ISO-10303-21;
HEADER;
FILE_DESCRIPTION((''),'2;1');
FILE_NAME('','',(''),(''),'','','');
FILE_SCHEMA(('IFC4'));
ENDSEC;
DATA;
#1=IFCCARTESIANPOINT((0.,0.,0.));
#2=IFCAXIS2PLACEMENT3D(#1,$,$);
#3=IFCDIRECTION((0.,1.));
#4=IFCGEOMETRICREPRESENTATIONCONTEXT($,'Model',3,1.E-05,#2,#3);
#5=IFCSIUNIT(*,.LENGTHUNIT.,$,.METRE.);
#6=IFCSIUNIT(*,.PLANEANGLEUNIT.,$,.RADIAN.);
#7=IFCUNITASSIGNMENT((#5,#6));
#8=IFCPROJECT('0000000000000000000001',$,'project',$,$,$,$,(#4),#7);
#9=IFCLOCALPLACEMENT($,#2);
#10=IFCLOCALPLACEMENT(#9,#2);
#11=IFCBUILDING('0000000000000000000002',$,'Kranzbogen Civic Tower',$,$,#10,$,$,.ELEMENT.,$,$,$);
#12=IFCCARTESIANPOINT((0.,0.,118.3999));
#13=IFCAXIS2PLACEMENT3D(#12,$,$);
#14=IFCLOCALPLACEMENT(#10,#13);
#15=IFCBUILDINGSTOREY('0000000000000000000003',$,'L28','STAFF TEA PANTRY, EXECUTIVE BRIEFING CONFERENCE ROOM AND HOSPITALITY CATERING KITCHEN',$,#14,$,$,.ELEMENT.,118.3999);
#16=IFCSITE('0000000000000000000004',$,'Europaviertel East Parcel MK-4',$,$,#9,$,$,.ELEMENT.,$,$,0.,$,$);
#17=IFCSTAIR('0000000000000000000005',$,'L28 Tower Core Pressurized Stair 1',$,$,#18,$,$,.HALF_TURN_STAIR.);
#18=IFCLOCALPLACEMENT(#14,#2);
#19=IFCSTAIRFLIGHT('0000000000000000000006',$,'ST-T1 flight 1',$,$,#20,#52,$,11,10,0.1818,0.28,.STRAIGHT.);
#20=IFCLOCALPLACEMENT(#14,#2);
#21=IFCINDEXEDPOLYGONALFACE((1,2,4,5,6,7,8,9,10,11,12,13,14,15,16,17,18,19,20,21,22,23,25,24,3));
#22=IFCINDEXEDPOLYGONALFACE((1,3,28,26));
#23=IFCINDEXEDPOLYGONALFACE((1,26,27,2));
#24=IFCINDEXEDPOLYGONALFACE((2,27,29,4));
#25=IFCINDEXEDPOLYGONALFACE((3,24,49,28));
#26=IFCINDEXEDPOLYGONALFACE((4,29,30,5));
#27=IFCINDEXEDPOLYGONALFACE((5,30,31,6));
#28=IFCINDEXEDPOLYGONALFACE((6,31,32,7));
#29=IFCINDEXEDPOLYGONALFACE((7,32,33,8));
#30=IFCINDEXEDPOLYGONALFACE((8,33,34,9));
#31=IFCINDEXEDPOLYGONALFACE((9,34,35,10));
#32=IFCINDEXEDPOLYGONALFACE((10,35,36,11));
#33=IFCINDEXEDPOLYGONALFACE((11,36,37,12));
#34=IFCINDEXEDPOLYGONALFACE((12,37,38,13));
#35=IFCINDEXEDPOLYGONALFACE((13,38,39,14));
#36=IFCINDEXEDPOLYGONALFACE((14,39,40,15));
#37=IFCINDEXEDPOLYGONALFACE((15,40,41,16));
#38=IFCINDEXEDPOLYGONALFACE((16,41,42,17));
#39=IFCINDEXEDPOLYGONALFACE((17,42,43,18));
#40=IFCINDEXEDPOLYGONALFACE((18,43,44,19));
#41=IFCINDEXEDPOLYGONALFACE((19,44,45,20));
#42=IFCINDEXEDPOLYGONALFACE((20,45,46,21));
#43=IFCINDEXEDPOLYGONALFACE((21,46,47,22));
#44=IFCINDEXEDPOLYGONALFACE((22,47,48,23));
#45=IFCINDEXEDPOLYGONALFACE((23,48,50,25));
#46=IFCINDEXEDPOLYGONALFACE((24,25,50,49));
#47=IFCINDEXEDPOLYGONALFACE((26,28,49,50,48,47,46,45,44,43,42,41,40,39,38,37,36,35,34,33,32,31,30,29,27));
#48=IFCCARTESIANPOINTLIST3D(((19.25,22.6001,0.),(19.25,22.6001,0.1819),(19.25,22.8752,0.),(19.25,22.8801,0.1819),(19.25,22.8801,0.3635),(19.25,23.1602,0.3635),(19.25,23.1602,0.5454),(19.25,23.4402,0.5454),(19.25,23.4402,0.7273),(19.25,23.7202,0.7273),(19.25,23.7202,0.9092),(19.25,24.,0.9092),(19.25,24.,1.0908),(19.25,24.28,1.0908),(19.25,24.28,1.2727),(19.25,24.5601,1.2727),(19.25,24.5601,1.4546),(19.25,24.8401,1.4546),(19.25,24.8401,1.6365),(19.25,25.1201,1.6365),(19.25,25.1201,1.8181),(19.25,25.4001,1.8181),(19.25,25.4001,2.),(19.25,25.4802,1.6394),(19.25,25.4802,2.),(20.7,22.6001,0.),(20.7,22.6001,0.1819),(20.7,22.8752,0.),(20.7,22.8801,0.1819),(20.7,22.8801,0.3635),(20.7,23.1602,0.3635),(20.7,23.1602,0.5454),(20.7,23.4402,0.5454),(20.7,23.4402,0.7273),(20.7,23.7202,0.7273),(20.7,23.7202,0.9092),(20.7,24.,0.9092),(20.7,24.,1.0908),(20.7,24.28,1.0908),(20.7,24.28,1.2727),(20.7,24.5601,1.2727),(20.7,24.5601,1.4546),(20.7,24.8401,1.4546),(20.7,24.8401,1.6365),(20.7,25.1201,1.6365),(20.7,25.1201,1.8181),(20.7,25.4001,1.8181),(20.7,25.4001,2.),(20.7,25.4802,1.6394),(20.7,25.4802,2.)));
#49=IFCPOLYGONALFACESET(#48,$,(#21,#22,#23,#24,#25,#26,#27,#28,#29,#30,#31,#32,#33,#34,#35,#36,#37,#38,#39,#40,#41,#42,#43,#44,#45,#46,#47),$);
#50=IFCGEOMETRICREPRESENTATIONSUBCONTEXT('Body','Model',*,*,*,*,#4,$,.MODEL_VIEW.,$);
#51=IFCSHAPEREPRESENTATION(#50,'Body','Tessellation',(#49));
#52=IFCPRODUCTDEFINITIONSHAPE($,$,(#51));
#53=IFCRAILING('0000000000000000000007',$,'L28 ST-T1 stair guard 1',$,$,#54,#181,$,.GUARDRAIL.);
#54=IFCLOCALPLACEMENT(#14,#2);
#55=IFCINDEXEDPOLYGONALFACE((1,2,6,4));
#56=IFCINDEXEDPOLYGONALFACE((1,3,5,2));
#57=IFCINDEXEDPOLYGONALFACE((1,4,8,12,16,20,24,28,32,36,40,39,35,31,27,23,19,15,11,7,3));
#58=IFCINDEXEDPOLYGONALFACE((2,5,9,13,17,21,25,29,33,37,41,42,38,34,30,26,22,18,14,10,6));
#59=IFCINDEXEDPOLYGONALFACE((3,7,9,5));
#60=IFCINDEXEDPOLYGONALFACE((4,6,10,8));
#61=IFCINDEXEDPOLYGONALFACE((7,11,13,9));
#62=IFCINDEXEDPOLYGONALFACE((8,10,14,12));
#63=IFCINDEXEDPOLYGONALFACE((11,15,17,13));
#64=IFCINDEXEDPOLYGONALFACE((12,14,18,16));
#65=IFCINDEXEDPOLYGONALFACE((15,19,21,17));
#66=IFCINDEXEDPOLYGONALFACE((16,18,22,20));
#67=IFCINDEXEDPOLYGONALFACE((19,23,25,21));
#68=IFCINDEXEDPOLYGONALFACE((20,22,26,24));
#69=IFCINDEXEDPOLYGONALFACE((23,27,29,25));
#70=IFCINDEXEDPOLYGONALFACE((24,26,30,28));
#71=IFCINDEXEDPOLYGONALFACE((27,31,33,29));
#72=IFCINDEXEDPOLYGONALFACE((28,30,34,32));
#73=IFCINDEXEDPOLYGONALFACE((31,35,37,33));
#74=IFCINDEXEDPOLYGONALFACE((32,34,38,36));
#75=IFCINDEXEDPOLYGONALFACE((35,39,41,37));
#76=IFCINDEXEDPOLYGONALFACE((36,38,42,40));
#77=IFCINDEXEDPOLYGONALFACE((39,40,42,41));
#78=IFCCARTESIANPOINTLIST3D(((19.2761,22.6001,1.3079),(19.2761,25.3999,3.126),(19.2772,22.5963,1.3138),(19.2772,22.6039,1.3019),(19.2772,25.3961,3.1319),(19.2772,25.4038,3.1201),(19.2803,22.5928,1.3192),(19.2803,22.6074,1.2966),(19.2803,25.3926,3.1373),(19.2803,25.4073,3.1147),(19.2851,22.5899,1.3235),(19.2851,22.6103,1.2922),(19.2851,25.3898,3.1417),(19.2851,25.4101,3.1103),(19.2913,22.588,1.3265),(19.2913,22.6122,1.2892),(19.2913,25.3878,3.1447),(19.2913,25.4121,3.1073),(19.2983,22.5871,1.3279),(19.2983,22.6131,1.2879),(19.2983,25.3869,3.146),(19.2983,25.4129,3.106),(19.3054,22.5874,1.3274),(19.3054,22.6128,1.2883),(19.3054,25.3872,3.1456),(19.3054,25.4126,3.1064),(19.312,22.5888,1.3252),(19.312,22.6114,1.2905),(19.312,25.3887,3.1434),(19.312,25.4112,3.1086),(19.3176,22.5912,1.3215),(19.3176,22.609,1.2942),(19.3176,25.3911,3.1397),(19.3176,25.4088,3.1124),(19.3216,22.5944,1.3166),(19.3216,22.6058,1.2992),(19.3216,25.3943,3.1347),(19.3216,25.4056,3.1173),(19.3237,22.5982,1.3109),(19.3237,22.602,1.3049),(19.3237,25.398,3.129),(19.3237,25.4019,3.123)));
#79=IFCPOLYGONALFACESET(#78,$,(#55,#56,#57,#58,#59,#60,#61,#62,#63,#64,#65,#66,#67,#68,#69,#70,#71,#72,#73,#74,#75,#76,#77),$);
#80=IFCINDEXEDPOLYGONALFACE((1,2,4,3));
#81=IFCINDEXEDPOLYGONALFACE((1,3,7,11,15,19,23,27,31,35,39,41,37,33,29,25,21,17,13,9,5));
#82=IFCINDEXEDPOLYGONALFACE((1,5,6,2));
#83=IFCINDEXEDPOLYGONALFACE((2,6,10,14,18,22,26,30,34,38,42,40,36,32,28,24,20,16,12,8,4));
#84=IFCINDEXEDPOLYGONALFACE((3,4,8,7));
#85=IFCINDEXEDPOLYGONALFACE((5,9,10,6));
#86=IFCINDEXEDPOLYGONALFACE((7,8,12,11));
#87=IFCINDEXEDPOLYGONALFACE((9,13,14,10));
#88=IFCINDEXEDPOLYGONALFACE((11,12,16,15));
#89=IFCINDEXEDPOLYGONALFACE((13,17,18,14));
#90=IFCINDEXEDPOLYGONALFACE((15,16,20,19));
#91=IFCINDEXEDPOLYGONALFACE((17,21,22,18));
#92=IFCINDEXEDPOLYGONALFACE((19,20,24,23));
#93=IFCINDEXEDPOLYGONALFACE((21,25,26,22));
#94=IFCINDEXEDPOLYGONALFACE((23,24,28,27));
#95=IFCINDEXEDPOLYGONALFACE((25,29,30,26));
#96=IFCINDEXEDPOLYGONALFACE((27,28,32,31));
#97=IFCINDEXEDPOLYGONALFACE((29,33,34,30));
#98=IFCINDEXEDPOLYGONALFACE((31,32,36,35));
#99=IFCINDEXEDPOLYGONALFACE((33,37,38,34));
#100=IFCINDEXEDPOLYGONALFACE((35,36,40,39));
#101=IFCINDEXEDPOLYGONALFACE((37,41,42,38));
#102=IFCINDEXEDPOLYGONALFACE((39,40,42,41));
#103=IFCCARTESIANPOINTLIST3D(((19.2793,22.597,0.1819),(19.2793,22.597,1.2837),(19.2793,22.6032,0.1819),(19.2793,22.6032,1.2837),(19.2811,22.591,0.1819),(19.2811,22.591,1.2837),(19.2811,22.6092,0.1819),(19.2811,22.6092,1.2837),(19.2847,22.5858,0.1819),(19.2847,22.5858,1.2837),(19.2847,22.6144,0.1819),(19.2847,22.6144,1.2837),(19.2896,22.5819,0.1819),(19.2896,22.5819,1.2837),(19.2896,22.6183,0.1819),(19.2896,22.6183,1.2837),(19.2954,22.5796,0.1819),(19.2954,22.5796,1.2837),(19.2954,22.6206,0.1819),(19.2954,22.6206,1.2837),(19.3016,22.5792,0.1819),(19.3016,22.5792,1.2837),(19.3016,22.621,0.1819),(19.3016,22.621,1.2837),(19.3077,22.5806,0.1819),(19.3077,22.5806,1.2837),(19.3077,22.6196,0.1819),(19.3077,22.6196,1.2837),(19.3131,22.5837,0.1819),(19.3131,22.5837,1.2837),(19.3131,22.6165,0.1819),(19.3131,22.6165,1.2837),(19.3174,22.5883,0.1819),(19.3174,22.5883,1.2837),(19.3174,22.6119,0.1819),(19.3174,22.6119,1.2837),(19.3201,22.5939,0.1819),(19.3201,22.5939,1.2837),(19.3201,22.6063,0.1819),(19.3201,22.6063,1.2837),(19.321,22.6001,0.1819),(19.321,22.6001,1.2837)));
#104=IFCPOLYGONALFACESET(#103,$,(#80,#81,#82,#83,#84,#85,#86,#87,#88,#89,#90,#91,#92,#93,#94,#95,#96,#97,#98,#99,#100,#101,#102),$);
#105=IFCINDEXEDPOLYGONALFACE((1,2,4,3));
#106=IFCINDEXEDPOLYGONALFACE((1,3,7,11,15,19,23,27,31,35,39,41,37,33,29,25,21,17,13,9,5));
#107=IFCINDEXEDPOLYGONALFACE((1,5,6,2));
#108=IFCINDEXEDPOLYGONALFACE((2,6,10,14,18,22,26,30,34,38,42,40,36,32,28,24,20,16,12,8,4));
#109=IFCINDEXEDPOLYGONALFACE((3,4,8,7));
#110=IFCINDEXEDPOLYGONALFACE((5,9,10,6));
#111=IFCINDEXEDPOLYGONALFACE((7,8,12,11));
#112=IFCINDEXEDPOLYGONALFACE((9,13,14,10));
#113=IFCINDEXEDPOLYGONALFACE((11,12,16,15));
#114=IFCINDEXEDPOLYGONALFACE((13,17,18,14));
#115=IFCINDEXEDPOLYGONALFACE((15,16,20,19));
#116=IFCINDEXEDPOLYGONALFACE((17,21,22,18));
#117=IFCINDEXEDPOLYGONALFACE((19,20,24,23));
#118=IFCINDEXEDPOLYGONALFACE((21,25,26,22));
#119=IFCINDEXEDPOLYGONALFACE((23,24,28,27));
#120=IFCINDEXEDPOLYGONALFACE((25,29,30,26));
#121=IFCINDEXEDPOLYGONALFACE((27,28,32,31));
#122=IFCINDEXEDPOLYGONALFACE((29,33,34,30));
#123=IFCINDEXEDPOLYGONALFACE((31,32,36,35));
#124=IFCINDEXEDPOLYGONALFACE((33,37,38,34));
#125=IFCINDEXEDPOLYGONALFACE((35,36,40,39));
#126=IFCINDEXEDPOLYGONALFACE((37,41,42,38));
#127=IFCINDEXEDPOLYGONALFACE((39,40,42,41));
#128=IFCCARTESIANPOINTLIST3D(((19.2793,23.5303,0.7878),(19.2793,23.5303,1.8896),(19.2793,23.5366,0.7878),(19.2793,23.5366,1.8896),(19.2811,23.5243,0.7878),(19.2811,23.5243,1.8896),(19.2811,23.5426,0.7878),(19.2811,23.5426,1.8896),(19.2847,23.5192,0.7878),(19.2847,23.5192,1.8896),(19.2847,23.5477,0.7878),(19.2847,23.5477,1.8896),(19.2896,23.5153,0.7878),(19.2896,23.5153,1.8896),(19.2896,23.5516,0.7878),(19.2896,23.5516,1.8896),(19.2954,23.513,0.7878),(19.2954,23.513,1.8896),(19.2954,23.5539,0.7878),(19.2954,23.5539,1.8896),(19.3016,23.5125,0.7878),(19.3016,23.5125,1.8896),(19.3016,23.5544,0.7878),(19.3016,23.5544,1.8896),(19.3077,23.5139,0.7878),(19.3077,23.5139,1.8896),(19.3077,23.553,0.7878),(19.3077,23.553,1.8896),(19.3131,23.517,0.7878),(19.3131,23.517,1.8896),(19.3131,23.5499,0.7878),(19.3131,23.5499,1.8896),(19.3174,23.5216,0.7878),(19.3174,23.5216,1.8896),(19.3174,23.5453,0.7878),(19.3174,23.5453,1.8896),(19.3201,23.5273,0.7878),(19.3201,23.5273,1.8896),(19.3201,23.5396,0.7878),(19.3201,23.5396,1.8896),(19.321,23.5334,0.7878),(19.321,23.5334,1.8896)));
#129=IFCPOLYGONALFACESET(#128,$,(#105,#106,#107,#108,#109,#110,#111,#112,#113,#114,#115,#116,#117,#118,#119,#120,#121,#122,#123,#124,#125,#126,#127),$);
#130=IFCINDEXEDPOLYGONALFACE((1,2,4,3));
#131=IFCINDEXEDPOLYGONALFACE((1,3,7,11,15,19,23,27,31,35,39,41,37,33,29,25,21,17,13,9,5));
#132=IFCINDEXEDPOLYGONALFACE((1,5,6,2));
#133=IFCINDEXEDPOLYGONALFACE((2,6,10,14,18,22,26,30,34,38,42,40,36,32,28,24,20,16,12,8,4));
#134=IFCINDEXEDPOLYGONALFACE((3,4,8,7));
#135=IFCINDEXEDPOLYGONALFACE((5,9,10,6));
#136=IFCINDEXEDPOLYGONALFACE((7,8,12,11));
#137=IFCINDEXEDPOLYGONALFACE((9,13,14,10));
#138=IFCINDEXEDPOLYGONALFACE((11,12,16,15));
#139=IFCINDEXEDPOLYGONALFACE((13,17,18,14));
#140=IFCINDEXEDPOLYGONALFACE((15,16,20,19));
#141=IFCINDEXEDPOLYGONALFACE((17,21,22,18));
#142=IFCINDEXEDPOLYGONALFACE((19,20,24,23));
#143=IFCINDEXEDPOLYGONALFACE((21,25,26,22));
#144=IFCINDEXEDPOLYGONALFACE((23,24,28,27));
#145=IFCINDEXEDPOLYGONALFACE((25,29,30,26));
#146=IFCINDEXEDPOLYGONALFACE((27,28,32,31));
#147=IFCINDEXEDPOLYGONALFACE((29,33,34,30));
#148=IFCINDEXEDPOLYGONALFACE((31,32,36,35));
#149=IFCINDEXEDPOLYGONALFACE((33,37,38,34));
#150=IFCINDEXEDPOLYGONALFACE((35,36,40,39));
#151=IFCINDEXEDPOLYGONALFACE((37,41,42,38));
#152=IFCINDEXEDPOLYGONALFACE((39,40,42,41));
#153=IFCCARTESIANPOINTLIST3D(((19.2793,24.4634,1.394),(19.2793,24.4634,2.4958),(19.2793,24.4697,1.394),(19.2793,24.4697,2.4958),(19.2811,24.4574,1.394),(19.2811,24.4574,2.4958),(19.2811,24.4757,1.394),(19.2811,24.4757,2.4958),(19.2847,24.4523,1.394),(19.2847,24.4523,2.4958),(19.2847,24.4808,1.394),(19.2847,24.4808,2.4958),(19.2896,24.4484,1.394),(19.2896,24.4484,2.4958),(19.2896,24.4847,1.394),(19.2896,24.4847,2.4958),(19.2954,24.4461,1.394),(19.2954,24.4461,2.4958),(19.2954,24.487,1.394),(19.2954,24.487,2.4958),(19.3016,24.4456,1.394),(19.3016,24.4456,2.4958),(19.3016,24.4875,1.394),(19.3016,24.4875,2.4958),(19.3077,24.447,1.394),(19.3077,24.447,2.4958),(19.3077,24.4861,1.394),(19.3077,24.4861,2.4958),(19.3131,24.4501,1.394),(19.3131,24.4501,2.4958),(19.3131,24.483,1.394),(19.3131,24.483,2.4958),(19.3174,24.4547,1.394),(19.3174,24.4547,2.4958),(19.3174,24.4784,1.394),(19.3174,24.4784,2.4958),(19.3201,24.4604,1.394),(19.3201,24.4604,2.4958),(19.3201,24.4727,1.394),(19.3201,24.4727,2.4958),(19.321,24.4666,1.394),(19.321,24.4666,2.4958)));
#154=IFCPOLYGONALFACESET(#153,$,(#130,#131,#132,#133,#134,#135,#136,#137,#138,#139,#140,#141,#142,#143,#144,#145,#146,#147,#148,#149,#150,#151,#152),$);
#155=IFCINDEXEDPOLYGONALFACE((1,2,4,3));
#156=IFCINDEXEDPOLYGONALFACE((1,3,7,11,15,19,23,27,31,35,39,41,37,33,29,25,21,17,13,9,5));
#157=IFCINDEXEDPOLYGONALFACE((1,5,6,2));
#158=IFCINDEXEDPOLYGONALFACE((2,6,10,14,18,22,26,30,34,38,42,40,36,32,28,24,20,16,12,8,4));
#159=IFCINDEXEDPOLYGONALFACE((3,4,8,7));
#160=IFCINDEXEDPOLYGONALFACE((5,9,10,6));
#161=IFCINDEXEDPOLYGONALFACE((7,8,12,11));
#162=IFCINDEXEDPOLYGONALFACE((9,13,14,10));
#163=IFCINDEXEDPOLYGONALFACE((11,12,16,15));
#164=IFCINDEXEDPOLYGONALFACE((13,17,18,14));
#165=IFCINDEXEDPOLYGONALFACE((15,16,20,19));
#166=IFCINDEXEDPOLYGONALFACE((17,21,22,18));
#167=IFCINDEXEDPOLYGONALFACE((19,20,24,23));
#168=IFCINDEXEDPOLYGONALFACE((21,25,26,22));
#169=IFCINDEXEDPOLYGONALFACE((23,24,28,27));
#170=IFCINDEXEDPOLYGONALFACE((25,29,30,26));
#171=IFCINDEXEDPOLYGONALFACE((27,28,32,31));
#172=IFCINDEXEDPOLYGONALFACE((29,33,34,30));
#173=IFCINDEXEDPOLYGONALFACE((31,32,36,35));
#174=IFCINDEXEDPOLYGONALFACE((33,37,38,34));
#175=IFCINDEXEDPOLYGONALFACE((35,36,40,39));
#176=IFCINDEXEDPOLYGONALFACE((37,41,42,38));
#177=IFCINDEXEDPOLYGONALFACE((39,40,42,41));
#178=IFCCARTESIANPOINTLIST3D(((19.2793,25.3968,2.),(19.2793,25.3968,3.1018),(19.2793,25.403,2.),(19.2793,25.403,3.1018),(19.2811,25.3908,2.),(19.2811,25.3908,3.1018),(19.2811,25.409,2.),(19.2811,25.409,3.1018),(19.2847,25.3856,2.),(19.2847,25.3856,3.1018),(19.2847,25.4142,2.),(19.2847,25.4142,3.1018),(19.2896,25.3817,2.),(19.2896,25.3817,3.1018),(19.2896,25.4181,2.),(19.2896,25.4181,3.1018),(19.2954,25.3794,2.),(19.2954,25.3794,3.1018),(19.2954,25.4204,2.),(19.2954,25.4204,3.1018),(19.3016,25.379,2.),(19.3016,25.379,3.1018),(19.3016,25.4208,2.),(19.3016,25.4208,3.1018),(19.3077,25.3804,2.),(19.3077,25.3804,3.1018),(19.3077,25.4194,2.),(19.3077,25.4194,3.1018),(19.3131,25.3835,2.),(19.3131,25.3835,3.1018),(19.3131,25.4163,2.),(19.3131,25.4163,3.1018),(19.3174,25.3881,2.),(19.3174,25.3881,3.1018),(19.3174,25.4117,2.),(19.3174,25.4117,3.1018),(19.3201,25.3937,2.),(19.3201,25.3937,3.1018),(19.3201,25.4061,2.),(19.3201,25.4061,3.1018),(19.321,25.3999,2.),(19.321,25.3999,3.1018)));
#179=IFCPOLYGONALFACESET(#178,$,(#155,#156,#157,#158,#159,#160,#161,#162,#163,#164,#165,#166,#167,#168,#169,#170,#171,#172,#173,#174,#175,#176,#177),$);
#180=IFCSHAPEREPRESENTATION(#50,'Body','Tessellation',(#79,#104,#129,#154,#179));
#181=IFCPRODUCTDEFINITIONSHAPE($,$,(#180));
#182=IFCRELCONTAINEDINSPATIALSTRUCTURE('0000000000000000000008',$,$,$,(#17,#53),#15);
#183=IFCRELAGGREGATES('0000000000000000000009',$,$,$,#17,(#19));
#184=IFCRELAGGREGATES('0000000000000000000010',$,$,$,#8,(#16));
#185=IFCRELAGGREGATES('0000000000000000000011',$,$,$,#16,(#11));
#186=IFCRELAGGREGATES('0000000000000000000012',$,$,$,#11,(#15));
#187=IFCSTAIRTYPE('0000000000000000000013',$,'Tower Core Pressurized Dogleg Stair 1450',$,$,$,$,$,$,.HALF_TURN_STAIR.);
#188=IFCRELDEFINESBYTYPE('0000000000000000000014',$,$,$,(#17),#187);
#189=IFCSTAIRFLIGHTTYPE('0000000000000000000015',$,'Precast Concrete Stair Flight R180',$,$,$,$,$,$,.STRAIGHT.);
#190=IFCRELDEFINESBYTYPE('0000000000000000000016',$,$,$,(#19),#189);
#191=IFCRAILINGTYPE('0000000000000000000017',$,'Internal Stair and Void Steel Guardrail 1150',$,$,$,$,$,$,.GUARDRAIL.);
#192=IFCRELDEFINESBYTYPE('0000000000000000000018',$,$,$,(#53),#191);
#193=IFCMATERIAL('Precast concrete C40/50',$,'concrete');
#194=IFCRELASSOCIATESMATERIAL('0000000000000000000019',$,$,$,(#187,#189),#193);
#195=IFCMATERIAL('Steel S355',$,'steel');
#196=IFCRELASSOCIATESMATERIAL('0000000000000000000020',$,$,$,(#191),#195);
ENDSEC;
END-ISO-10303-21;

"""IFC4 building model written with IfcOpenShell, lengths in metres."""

from ifc_helpers import new_model, si_unit, direction, frame, origin, origin_2d, place, context, subcontext, project, spatial, polyline, circle, outline, extrude, material, type_object, element, aggregate, save


model = new_model("IFC4")

# Units and contexts
model_context = context("Model", 3, precision=1e-05, world=origin(), true_north=direction((0.0, 1.0)))
body_context = subcontext(model_context, "Body", "Model", "MODEL_VIEW")
ifc_project = project(units=[si_unit("LENGTHUNIT", "METRE"), si_unit("PLANEANGLEUNIT", "RADIAN")], contexts=[model_context])

# Site, building, storey
site_placement = place(None, origin())
site = spatial("IfcSite", under=ifc_project, at=site_placement, Name="Europaviertel East Parcel MK-4", CompositionType="ELEMENT", RefElevation=0.0)
building_placement = place(site_placement, origin())
building = spatial("IfcBuilding", under=site, at=building_placement, Name="Kranzbogen Civic Tower", CompositionType="ELEMENT")
storey_placement = place(building_placement, frame((0.0, 0.0, 118.3999)))
storey = spatial("IfcBuildingStorey", under=building, at=storey_placement, Name="L28", Description="STAFF TEA PANTRY, EXECUTIVE BRIEFING CONFERENCE ROOM AND HOSPITALITY CATERING KITCHEN", CompositionType="ELEMENT", Elevation=118.3999)

# Shared definitions
ifc_material_1 = material(Name="Steel S355", Category="steel")

# Stair, stair flight
ifc_material_2 = material(Name="Precast concrete C40/50", Category="concrete")
stair_type = type_object("IfcStairType", Name="Tower Core Pressurized Dogleg Stair 1450", PredefinedType="HALF_TURN_STAIR", material=ifc_material_2)
stair_placement = place(storey_placement, origin())
stair = element("IfcStair", 1, at=stair_placement, inside=storey, type_object=stair_type, Name="L28 Tower Core Pressurized Stair 1", PredefinedType="HALF_TURN_STAIR")
stair_flight_type = type_object("IfcStairFlightType", Name="Precast Concrete Stair Flight R180", PredefinedType="STRAIGHT", material=ifc_material_2)
stair_flight_placement = place(storey_placement, frame((19.9751, 22.6001, 0.0), z_axis=(0.0, 0.0, 1.0), x_axis=(0.0, 1.0, 0.0)))
stair_flight = element("IfcStairFlight", 2, at=stair_flight_placement, type_object=stair_flight_type, Name="ST-T1 flight 1", NumberOfRisers=11, NumberOfTreads=10, PredefinedType="STRAIGHT", RiserHeight=0.1818, TreadLength=0.28, context=body_context, shape_type="SweptSolid", body=[
    extrude(outline(polyline([(0.0, 0.0), (0.0, 0.1819), (0.28, 0.1819), (0.28, 0.3635), (0.5601, 0.3635), (0.5601, 0.5454), (0.8401, 0.5454), (0.8401, 0.7273), (1.1201, 0.7273), (1.1201, 0.9092), (1.3999, 0.9092), (1.3999, 1.0908), (1.6799, 1.0908), (1.6799, 1.2727), (1.96, 1.2727), (1.96, 1.4546), (2.24, 1.4546), (2.24, 1.6365), (2.52, 1.6365), (2.52, 1.8181), (2.8, 1.8181), (2.8, 2.0), (2.8801, 2.0), (2.8801, 1.6394), (0.2751, 0.0), (0.0, 0.0)])), frame((0.0, 0.7251, 0.0), z_axis=(0.0, -1.0, 0.0), x_axis=(1.0, 0.0, 0.0)), (0.0, 0.0, 1.0), 1.45),
])
aggregate(stair, [stair_flight])

# Railing
railing_type_1 = type_object("IfcRailingType", Name="Internal Stair and Void Steel Guardrail 1150", PredefinedType="GUARDRAIL", material=ifc_material_1)
railing_1_placement = place(storey_placement, frame((19.3, 22.6001, 0.1819)))
element("IfcRailing", 3, at=railing_1_placement, inside=storey, type_object=railing_type_1, Name="L28 ST-T1 stair guard 1", PredefinedType="GUARDRAIL", context=body_context, shape_type="SweptSolid", body=[
    extrude(circle(Radius=0.0239, at=origin_2d()), frame((0.0, 0.0, 1.126), z_axis=(0.0, 0.838684, 0.544618), x_axis=(-1.0, 0.0, 0.0)), (0.0, 0.0, 1.0), 3.3384),
    extrude(circle(Radius=0.021, at=origin_2d()), origin(), (0.0, 0.0, 1.0), 1.1018),
    extrude(circle(Radius=0.021, at=origin_2d()), frame((0.0, 0.9333, 0.606)), (0.0, 0.0, 1.0), 1.1018),
    extrude(circle(Radius=0.021, at=origin_2d()), frame((0.0, 1.8665, 1.2122)), (0.0, 0.0, 1.0), 1.1018),
    extrude(circle(Radius=0.021, at=origin_2d()), frame((0.0, 2.7998, 1.8181)), (0.0, 0.0, 1.0), 1.1018),
])

save(model, "model.ifc")
